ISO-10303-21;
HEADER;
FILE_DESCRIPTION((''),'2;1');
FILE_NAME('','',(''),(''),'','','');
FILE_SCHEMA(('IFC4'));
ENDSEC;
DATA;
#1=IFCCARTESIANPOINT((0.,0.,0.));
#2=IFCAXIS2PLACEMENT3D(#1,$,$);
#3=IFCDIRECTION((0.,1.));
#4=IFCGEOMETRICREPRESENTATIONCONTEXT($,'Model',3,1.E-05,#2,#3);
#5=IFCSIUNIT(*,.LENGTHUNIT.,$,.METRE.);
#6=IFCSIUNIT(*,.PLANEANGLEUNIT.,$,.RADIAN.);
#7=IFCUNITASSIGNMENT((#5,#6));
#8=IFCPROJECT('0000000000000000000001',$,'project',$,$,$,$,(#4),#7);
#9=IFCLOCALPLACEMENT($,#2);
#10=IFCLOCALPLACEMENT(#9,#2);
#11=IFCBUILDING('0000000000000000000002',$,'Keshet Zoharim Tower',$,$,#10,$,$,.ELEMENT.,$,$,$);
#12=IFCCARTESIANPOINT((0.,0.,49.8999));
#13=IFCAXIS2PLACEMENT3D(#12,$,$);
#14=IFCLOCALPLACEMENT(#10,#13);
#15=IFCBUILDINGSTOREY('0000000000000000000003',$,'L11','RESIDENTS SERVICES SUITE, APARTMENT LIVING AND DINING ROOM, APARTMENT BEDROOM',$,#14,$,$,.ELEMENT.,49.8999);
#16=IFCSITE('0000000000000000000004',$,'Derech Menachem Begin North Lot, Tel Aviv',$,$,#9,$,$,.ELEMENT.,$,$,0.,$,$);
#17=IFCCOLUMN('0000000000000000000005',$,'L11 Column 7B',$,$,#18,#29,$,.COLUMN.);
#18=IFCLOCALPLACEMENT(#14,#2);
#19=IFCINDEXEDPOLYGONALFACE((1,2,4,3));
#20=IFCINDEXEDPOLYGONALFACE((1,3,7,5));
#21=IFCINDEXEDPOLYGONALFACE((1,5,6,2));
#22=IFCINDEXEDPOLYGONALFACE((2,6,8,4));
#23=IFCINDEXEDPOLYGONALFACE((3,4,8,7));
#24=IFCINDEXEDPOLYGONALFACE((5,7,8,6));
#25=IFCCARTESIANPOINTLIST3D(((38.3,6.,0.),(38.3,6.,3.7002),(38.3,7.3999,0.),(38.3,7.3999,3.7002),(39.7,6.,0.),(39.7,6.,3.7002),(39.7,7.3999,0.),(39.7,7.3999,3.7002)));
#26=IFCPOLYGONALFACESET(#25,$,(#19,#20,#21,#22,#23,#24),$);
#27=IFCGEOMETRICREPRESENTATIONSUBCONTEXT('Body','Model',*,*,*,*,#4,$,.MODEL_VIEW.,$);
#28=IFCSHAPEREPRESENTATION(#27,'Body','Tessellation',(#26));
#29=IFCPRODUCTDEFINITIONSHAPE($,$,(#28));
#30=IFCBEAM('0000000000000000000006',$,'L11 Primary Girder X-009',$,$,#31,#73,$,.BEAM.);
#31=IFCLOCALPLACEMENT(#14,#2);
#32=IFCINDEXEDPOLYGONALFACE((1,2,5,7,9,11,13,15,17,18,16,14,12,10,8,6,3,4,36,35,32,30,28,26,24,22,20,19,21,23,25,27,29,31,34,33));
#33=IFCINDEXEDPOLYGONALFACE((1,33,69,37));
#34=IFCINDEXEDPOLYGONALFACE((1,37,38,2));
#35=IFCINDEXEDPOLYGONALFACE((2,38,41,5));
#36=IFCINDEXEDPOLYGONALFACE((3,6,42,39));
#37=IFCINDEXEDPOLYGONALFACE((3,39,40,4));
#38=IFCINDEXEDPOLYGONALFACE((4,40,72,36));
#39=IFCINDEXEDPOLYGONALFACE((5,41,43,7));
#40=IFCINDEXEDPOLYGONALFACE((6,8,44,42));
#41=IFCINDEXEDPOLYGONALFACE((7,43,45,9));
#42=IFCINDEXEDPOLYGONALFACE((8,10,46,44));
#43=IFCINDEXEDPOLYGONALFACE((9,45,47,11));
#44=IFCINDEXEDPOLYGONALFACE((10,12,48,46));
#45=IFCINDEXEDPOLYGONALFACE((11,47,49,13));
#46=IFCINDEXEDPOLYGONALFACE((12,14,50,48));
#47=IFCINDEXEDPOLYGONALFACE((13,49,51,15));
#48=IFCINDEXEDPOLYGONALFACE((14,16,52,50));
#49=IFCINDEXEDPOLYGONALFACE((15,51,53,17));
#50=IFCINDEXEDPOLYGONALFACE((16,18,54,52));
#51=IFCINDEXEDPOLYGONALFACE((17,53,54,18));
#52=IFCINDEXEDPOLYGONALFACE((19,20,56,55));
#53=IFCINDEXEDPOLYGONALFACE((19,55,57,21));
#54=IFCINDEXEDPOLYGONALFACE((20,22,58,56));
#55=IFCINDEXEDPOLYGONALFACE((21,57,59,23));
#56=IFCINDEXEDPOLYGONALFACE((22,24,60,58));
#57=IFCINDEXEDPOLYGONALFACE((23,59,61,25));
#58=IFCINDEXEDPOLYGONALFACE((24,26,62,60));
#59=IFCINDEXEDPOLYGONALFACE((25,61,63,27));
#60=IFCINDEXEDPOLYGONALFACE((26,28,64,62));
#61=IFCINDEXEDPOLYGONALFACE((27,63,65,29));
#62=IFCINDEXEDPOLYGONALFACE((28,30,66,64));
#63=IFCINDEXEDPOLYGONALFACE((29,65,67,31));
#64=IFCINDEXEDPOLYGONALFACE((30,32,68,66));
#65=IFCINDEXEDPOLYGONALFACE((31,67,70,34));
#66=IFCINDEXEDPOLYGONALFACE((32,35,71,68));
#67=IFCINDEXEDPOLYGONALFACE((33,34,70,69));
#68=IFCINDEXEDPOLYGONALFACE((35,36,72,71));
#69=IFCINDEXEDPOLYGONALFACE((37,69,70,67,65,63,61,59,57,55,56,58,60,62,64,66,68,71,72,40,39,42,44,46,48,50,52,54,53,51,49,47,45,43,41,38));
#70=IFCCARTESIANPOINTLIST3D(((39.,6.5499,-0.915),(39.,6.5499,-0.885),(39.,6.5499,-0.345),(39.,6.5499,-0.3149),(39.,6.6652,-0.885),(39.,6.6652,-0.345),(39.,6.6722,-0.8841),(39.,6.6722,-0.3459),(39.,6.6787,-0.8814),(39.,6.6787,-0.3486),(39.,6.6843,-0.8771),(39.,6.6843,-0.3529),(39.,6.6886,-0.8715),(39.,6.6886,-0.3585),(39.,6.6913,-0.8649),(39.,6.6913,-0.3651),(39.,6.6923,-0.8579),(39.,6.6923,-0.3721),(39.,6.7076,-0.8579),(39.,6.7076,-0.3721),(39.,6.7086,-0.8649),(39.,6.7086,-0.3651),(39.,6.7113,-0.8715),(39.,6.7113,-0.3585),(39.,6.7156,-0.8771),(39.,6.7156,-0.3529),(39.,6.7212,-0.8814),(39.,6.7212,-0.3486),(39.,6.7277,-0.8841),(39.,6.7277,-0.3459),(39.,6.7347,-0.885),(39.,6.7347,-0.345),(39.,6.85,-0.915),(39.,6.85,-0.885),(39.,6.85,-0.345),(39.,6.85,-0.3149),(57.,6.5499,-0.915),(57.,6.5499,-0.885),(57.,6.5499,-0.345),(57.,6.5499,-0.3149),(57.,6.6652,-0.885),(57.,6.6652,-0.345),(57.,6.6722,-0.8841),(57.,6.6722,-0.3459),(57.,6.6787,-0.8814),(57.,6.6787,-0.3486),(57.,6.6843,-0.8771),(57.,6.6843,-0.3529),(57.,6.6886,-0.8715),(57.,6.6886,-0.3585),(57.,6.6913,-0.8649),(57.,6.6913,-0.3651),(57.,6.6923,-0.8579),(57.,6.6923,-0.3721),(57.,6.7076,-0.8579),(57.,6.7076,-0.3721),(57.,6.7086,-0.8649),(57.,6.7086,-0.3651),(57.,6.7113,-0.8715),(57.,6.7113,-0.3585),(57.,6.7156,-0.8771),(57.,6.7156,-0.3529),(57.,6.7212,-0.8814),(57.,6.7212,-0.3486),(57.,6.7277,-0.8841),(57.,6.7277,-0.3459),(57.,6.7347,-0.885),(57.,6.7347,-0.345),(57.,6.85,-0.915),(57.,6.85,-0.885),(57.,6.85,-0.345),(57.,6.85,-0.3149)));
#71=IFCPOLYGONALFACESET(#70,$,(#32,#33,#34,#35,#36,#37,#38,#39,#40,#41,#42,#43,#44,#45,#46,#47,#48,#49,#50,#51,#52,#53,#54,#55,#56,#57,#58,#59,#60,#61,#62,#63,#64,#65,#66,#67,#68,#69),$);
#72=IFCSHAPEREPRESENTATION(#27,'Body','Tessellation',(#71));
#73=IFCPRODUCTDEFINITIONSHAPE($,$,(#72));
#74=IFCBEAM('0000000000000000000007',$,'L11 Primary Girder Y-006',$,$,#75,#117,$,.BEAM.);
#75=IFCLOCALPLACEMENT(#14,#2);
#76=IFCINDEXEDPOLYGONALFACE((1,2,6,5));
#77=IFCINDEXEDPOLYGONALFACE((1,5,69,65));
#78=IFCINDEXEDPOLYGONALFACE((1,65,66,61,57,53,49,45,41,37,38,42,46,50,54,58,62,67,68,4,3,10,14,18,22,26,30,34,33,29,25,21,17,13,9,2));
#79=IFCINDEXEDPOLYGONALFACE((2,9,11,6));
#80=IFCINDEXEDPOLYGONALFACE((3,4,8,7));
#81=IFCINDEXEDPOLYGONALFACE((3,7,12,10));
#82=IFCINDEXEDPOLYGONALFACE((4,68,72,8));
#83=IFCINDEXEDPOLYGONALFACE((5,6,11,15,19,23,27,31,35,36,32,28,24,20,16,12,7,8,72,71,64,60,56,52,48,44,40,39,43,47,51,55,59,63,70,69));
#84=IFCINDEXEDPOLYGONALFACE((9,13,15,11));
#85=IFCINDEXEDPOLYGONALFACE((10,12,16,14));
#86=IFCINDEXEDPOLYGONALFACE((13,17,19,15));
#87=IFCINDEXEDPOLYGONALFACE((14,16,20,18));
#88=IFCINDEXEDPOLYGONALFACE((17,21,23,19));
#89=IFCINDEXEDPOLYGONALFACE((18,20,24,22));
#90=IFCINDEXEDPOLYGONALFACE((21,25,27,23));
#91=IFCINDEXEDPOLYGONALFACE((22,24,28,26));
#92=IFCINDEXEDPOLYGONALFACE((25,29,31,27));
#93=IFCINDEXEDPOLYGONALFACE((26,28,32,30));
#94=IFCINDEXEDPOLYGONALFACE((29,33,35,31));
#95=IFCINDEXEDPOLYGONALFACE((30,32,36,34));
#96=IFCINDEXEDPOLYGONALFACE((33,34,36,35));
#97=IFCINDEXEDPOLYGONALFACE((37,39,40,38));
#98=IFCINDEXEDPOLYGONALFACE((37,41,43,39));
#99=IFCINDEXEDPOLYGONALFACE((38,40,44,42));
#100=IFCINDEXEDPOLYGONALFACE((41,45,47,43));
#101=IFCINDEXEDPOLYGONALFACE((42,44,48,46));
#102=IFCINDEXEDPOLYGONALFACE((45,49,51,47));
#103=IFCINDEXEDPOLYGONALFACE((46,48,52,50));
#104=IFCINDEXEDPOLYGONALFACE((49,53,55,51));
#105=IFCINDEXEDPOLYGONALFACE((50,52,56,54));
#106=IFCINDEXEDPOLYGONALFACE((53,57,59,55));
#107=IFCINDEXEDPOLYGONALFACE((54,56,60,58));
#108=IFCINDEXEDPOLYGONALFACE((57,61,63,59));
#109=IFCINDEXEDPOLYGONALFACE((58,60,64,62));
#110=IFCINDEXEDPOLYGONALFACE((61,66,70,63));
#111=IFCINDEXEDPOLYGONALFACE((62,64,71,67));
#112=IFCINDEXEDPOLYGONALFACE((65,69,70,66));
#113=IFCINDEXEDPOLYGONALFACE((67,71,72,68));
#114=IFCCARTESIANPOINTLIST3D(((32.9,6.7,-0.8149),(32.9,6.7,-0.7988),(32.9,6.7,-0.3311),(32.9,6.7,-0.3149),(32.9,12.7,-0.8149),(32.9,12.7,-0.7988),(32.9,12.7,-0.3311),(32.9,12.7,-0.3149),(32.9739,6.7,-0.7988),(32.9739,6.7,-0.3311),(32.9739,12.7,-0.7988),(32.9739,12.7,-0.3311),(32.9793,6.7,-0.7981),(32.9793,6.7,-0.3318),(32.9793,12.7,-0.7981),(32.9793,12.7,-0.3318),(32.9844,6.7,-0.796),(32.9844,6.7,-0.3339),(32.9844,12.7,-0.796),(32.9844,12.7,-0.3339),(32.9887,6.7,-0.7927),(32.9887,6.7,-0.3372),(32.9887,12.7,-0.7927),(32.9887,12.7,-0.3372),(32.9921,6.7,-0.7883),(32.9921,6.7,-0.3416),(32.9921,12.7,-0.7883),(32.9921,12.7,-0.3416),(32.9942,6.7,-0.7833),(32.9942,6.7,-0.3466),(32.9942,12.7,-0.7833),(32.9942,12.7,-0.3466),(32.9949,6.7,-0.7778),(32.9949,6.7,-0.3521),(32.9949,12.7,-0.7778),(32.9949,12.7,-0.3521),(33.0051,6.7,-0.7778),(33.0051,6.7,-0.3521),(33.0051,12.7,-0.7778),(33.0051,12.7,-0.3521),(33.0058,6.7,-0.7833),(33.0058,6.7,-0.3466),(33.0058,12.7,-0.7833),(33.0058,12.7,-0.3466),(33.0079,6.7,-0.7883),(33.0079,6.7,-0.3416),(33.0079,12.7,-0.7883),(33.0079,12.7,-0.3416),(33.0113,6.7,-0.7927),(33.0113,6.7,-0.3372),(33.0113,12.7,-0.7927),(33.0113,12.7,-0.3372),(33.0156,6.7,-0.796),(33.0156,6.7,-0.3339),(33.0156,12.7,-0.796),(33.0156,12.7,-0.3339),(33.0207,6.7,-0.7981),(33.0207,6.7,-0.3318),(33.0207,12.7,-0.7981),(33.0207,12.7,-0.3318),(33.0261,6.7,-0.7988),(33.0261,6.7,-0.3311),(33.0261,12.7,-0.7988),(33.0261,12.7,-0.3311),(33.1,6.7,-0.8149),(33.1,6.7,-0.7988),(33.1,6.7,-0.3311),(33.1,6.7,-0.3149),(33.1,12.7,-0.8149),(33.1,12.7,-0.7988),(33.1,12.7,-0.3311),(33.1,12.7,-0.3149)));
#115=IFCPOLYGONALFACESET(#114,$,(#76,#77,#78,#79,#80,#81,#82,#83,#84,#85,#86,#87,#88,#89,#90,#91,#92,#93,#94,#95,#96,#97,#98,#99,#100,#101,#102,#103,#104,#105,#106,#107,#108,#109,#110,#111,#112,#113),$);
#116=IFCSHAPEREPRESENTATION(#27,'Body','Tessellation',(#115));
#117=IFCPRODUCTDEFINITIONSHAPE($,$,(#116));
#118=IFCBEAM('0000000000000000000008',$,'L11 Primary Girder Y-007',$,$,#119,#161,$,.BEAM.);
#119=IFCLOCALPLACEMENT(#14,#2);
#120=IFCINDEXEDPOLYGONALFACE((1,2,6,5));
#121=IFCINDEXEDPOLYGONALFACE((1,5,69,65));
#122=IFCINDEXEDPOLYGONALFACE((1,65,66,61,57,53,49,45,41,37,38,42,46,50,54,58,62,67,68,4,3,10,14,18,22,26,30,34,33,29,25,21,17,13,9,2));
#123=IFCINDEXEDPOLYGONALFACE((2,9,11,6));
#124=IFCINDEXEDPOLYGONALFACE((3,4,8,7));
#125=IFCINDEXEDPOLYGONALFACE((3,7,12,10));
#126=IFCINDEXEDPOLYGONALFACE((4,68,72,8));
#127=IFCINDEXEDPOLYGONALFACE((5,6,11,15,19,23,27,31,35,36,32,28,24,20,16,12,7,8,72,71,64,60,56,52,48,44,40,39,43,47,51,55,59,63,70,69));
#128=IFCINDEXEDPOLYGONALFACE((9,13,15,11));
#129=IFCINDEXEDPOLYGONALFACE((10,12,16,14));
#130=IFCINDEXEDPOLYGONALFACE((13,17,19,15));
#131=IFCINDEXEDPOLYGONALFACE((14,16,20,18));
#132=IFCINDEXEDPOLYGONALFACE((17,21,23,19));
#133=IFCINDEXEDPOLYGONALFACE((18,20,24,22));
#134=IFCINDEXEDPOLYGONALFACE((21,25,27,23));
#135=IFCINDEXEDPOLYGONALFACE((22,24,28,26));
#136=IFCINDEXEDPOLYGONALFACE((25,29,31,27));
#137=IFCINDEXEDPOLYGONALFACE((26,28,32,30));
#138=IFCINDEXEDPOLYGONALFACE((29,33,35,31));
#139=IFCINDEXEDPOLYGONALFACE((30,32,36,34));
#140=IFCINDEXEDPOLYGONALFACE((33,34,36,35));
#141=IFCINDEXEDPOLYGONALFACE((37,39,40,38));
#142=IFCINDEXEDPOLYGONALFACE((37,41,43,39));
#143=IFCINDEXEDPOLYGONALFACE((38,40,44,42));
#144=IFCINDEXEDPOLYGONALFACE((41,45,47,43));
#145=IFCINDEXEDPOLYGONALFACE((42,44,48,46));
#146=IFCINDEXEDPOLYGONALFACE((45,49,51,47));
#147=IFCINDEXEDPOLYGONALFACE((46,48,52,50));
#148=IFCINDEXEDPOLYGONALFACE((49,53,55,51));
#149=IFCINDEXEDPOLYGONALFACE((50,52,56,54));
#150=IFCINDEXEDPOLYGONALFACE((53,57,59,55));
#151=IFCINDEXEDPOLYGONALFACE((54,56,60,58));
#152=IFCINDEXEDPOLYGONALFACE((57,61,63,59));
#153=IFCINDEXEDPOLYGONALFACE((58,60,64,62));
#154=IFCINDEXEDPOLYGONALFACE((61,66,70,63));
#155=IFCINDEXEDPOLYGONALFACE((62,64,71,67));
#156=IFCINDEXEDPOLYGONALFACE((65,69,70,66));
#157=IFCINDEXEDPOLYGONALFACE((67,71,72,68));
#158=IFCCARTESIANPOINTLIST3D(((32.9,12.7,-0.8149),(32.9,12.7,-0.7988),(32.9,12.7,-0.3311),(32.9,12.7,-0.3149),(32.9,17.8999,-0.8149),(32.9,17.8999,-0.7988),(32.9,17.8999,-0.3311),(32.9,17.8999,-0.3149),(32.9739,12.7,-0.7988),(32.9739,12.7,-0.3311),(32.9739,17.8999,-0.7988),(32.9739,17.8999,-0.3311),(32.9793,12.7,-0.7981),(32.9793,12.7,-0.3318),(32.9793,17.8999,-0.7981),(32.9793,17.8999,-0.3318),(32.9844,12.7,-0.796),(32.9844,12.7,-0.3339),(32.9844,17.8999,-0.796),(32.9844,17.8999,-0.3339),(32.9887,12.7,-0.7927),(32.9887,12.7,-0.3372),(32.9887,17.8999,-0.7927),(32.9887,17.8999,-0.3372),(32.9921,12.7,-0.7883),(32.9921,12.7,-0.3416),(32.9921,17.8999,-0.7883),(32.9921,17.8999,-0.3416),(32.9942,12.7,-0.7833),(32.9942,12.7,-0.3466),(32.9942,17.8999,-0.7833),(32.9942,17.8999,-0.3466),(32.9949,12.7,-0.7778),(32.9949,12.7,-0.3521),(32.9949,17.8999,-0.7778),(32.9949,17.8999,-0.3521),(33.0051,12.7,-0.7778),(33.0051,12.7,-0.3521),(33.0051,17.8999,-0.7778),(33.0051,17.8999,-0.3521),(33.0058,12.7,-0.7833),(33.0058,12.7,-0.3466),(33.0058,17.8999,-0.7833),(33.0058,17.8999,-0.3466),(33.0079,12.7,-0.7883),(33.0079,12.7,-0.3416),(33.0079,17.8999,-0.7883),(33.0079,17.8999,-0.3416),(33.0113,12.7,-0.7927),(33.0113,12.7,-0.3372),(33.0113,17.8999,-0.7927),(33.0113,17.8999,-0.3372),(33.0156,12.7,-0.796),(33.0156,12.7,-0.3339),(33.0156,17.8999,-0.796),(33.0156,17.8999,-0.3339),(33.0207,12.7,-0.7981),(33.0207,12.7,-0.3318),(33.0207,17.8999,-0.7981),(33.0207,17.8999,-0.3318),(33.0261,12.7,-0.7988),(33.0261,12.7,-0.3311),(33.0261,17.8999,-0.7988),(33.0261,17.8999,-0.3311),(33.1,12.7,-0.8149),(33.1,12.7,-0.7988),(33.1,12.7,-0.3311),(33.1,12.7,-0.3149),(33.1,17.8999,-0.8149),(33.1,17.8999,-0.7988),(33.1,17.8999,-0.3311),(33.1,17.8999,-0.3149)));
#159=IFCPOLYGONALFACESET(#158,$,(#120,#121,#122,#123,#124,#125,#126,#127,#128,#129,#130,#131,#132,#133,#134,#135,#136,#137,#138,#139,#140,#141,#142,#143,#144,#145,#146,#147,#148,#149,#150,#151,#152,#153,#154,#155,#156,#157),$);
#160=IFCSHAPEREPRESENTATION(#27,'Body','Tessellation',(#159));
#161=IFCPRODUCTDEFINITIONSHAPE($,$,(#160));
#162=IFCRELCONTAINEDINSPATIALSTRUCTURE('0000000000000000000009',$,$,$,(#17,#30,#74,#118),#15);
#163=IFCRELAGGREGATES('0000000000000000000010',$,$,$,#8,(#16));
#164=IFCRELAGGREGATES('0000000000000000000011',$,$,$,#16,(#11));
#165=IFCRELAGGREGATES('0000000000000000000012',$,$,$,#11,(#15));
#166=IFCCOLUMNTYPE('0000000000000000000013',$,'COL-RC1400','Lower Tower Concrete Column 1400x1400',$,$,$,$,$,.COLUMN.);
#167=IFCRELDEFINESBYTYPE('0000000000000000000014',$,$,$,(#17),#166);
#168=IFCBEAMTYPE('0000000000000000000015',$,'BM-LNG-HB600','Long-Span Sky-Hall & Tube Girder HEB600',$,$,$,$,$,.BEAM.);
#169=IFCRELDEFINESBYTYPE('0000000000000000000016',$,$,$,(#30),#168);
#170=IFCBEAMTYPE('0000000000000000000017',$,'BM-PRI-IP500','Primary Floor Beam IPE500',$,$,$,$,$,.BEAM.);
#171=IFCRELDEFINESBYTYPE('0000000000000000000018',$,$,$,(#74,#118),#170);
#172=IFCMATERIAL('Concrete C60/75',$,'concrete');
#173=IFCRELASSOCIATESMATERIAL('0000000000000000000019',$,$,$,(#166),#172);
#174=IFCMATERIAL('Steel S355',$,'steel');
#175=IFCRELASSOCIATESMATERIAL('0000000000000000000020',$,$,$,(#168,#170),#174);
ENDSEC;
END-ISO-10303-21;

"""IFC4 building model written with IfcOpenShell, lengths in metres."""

from ifc_helpers import new_model, si_unit, direction, frame, origin, origin_2d, place, context, subcontext, project, spatial, rectangle, i_section, extrude, material, material_profile, profile_set, type_object, element, save


model = new_model("IFC4")

# Units and contexts
model_context = context("Model", 3, precision=1e-05, world=origin(), true_north=direction((0.0, 1.0)))
body_context = subcontext(model_context, "Body", "Model", "MODEL_VIEW")
ifc_project = project(units=[si_unit("LENGTHUNIT", "METRE"), si_unit("PLANEANGLEUNIT", "RADIAN")], contexts=[model_context])

# Site, building, storey
site_placement = place(None, origin())
site = spatial("IfcSite", under=ifc_project, at=site_placement, Name="Derech Menachem Begin North Lot, Tel Aviv", CompositionType="ELEMENT", RefElevation=0.0)
building_placement = place(site_placement, origin())
building = spatial("IfcBuilding", under=site, at=building_placement, Name="Keshet Zoharim Tower", CompositionType="ELEMENT")
storey_placement = place(building_placement, frame((0.0, 0.0, 49.8999)))
storey = spatial("IfcBuildingStorey", under=building, at=storey_placement, Name="L11", Description="RESIDENTS SERVICES SUITE, APARTMENT LIVING AND DINING ROOM, APARTMENT BEDROOM", CompositionType="ELEMENT", Elevation=49.8999)

# Column
ifc_material_1 = material(Name="Concrete C60/75", Category="concrete")
ifc_material_profile_1 = material_profile(ifc_material_1, rectangle(XDim=1.3999, YDim=1.3999, at=origin_2d()), Name="RC1400x1400")
ifc_profile_set_1 = profile_set([ifc_material_profile_1], Name="Concrete C60/75")
column_type = type_object("IfcColumnType", Name="COL-RC1400", Description="Lower Tower Concrete Column 1400x1400", PredefinedType="COLUMN", material=ifc_profile_set_1)
column_placement = place(storey_placement, frame((39.0, 6.7, 0.0), z_axis=(0.0, 0.0, 1.0), x_axis=(1.0, 0.0, 0.0)))
element("IfcColumn", 1, at=column_placement, inside=storey, type_object=column_type, Name="L11 Column 7B", PredefinedType="COLUMN", context=body_context, shape_type="SweptSolid", body=[
    extrude(rectangle(XDim=1.3999, YDim=1.3999, at=origin_2d()), origin(), (0.0, 0.0, 1.0), 3.7002),
])

# Beams
ifc_material_2 = material(Name="Steel S355", Category="steel")
ifc_material_profile_2 = material_profile(ifc_material_2, i_section(OverallWidth=0.3, OverallDepth=0.6001, WebThickness=0.0154, FlangeThickness=0.03, FilletRadius=0.0271, at=origin_2d()), Name="HEB600")
ifc_profile_set_2 = profile_set([ifc_material_profile_2], Name="Steel S355")
beam_type_1 = type_object("IfcBeamType", Name="BM-LNG-HB600", Description="Long-Span Sky-Hall & Tube Girder HEB600", PredefinedType="BEAM", material=ifc_profile_set_2)
beam_1_placement = place(storey_placement, frame((39.0, 6.7, -0.615), z_axis=(1.0, 0.0, 0.0), x_axis=(0.0, 1.0, 0.0)))
element("IfcBeam", 2, at=beam_1_placement, inside=storey, type_object=beam_type_1, Name="L11 Primary Girder X-009", PredefinedType="BEAM", context=body_context, shape_type="SweptSolid", body=[
    extrude(i_section(OverallWidth=0.3, OverallDepth=0.6001, WebThickness=0.0154, FlangeThickness=0.03, FilletRadius=0.0271, at=origin_2d()), origin(), (0.0, 0.0, 1.0), 18.0),
])
ifc_material_profile_3 = material_profile(ifc_material_2, i_section(OverallWidth=0.2, OverallDepth=0.5, WebThickness=0.0103, FlangeThickness=0.0161, FilletRadius=0.021, at=origin_2d()), Name="IPE500")
ifc_profile_set_3 = profile_set([ifc_material_profile_3], Name="Steel S355")
beam_type_2 = type_object("IfcBeamType", Name="BM-PRI-IP500", Description="Primary Floor Beam IPE500", PredefinedType="BEAM", material=ifc_profile_set_3)
beam_2_placement = place(storey_placement, frame((33.0, 6.7, -0.5649), z_axis=(0.0, 1.0, 0.0), x_axis=(-1.0, 0.0, 0.0)))
element("IfcBeam", 3, at=beam_2_placement, inside=storey, type_object=beam_type_2, Name="L11 Primary Girder Y-006", PredefinedType="BEAM", context=body_context, shape_type="SweptSolid", body=[
    extrude(i_section(OverallWidth=0.2, OverallDepth=0.5, WebThickness=0.0103, FlangeThickness=0.0161, FilletRadius=0.021, at=origin_2d()), origin(), (0.0, 0.0, 1.0), 6.0),
])
beam_3_placement = place(storey_placement, frame((33.0, 12.7, -0.5649), z_axis=(0.0, 1.0, 0.0), x_axis=(-1.0, 0.0, 0.0)))
element("IfcBeam", 4, at=beam_3_placement, inside=storey, type_object=beam_type_2, Name="L11 Primary Girder Y-007", PredefinedType="BEAM", context=body_context, shape_type="SweptSolid", body=[
    extrude(i_section(OverallWidth=0.2, OverallDepth=0.5, WebThickness=0.0103, FlangeThickness=0.0161, FilletRadius=0.021, at=origin_2d()), origin(), (0.0, 0.0, 1.0), 5.2),
])

save(model, "model.ifc")
